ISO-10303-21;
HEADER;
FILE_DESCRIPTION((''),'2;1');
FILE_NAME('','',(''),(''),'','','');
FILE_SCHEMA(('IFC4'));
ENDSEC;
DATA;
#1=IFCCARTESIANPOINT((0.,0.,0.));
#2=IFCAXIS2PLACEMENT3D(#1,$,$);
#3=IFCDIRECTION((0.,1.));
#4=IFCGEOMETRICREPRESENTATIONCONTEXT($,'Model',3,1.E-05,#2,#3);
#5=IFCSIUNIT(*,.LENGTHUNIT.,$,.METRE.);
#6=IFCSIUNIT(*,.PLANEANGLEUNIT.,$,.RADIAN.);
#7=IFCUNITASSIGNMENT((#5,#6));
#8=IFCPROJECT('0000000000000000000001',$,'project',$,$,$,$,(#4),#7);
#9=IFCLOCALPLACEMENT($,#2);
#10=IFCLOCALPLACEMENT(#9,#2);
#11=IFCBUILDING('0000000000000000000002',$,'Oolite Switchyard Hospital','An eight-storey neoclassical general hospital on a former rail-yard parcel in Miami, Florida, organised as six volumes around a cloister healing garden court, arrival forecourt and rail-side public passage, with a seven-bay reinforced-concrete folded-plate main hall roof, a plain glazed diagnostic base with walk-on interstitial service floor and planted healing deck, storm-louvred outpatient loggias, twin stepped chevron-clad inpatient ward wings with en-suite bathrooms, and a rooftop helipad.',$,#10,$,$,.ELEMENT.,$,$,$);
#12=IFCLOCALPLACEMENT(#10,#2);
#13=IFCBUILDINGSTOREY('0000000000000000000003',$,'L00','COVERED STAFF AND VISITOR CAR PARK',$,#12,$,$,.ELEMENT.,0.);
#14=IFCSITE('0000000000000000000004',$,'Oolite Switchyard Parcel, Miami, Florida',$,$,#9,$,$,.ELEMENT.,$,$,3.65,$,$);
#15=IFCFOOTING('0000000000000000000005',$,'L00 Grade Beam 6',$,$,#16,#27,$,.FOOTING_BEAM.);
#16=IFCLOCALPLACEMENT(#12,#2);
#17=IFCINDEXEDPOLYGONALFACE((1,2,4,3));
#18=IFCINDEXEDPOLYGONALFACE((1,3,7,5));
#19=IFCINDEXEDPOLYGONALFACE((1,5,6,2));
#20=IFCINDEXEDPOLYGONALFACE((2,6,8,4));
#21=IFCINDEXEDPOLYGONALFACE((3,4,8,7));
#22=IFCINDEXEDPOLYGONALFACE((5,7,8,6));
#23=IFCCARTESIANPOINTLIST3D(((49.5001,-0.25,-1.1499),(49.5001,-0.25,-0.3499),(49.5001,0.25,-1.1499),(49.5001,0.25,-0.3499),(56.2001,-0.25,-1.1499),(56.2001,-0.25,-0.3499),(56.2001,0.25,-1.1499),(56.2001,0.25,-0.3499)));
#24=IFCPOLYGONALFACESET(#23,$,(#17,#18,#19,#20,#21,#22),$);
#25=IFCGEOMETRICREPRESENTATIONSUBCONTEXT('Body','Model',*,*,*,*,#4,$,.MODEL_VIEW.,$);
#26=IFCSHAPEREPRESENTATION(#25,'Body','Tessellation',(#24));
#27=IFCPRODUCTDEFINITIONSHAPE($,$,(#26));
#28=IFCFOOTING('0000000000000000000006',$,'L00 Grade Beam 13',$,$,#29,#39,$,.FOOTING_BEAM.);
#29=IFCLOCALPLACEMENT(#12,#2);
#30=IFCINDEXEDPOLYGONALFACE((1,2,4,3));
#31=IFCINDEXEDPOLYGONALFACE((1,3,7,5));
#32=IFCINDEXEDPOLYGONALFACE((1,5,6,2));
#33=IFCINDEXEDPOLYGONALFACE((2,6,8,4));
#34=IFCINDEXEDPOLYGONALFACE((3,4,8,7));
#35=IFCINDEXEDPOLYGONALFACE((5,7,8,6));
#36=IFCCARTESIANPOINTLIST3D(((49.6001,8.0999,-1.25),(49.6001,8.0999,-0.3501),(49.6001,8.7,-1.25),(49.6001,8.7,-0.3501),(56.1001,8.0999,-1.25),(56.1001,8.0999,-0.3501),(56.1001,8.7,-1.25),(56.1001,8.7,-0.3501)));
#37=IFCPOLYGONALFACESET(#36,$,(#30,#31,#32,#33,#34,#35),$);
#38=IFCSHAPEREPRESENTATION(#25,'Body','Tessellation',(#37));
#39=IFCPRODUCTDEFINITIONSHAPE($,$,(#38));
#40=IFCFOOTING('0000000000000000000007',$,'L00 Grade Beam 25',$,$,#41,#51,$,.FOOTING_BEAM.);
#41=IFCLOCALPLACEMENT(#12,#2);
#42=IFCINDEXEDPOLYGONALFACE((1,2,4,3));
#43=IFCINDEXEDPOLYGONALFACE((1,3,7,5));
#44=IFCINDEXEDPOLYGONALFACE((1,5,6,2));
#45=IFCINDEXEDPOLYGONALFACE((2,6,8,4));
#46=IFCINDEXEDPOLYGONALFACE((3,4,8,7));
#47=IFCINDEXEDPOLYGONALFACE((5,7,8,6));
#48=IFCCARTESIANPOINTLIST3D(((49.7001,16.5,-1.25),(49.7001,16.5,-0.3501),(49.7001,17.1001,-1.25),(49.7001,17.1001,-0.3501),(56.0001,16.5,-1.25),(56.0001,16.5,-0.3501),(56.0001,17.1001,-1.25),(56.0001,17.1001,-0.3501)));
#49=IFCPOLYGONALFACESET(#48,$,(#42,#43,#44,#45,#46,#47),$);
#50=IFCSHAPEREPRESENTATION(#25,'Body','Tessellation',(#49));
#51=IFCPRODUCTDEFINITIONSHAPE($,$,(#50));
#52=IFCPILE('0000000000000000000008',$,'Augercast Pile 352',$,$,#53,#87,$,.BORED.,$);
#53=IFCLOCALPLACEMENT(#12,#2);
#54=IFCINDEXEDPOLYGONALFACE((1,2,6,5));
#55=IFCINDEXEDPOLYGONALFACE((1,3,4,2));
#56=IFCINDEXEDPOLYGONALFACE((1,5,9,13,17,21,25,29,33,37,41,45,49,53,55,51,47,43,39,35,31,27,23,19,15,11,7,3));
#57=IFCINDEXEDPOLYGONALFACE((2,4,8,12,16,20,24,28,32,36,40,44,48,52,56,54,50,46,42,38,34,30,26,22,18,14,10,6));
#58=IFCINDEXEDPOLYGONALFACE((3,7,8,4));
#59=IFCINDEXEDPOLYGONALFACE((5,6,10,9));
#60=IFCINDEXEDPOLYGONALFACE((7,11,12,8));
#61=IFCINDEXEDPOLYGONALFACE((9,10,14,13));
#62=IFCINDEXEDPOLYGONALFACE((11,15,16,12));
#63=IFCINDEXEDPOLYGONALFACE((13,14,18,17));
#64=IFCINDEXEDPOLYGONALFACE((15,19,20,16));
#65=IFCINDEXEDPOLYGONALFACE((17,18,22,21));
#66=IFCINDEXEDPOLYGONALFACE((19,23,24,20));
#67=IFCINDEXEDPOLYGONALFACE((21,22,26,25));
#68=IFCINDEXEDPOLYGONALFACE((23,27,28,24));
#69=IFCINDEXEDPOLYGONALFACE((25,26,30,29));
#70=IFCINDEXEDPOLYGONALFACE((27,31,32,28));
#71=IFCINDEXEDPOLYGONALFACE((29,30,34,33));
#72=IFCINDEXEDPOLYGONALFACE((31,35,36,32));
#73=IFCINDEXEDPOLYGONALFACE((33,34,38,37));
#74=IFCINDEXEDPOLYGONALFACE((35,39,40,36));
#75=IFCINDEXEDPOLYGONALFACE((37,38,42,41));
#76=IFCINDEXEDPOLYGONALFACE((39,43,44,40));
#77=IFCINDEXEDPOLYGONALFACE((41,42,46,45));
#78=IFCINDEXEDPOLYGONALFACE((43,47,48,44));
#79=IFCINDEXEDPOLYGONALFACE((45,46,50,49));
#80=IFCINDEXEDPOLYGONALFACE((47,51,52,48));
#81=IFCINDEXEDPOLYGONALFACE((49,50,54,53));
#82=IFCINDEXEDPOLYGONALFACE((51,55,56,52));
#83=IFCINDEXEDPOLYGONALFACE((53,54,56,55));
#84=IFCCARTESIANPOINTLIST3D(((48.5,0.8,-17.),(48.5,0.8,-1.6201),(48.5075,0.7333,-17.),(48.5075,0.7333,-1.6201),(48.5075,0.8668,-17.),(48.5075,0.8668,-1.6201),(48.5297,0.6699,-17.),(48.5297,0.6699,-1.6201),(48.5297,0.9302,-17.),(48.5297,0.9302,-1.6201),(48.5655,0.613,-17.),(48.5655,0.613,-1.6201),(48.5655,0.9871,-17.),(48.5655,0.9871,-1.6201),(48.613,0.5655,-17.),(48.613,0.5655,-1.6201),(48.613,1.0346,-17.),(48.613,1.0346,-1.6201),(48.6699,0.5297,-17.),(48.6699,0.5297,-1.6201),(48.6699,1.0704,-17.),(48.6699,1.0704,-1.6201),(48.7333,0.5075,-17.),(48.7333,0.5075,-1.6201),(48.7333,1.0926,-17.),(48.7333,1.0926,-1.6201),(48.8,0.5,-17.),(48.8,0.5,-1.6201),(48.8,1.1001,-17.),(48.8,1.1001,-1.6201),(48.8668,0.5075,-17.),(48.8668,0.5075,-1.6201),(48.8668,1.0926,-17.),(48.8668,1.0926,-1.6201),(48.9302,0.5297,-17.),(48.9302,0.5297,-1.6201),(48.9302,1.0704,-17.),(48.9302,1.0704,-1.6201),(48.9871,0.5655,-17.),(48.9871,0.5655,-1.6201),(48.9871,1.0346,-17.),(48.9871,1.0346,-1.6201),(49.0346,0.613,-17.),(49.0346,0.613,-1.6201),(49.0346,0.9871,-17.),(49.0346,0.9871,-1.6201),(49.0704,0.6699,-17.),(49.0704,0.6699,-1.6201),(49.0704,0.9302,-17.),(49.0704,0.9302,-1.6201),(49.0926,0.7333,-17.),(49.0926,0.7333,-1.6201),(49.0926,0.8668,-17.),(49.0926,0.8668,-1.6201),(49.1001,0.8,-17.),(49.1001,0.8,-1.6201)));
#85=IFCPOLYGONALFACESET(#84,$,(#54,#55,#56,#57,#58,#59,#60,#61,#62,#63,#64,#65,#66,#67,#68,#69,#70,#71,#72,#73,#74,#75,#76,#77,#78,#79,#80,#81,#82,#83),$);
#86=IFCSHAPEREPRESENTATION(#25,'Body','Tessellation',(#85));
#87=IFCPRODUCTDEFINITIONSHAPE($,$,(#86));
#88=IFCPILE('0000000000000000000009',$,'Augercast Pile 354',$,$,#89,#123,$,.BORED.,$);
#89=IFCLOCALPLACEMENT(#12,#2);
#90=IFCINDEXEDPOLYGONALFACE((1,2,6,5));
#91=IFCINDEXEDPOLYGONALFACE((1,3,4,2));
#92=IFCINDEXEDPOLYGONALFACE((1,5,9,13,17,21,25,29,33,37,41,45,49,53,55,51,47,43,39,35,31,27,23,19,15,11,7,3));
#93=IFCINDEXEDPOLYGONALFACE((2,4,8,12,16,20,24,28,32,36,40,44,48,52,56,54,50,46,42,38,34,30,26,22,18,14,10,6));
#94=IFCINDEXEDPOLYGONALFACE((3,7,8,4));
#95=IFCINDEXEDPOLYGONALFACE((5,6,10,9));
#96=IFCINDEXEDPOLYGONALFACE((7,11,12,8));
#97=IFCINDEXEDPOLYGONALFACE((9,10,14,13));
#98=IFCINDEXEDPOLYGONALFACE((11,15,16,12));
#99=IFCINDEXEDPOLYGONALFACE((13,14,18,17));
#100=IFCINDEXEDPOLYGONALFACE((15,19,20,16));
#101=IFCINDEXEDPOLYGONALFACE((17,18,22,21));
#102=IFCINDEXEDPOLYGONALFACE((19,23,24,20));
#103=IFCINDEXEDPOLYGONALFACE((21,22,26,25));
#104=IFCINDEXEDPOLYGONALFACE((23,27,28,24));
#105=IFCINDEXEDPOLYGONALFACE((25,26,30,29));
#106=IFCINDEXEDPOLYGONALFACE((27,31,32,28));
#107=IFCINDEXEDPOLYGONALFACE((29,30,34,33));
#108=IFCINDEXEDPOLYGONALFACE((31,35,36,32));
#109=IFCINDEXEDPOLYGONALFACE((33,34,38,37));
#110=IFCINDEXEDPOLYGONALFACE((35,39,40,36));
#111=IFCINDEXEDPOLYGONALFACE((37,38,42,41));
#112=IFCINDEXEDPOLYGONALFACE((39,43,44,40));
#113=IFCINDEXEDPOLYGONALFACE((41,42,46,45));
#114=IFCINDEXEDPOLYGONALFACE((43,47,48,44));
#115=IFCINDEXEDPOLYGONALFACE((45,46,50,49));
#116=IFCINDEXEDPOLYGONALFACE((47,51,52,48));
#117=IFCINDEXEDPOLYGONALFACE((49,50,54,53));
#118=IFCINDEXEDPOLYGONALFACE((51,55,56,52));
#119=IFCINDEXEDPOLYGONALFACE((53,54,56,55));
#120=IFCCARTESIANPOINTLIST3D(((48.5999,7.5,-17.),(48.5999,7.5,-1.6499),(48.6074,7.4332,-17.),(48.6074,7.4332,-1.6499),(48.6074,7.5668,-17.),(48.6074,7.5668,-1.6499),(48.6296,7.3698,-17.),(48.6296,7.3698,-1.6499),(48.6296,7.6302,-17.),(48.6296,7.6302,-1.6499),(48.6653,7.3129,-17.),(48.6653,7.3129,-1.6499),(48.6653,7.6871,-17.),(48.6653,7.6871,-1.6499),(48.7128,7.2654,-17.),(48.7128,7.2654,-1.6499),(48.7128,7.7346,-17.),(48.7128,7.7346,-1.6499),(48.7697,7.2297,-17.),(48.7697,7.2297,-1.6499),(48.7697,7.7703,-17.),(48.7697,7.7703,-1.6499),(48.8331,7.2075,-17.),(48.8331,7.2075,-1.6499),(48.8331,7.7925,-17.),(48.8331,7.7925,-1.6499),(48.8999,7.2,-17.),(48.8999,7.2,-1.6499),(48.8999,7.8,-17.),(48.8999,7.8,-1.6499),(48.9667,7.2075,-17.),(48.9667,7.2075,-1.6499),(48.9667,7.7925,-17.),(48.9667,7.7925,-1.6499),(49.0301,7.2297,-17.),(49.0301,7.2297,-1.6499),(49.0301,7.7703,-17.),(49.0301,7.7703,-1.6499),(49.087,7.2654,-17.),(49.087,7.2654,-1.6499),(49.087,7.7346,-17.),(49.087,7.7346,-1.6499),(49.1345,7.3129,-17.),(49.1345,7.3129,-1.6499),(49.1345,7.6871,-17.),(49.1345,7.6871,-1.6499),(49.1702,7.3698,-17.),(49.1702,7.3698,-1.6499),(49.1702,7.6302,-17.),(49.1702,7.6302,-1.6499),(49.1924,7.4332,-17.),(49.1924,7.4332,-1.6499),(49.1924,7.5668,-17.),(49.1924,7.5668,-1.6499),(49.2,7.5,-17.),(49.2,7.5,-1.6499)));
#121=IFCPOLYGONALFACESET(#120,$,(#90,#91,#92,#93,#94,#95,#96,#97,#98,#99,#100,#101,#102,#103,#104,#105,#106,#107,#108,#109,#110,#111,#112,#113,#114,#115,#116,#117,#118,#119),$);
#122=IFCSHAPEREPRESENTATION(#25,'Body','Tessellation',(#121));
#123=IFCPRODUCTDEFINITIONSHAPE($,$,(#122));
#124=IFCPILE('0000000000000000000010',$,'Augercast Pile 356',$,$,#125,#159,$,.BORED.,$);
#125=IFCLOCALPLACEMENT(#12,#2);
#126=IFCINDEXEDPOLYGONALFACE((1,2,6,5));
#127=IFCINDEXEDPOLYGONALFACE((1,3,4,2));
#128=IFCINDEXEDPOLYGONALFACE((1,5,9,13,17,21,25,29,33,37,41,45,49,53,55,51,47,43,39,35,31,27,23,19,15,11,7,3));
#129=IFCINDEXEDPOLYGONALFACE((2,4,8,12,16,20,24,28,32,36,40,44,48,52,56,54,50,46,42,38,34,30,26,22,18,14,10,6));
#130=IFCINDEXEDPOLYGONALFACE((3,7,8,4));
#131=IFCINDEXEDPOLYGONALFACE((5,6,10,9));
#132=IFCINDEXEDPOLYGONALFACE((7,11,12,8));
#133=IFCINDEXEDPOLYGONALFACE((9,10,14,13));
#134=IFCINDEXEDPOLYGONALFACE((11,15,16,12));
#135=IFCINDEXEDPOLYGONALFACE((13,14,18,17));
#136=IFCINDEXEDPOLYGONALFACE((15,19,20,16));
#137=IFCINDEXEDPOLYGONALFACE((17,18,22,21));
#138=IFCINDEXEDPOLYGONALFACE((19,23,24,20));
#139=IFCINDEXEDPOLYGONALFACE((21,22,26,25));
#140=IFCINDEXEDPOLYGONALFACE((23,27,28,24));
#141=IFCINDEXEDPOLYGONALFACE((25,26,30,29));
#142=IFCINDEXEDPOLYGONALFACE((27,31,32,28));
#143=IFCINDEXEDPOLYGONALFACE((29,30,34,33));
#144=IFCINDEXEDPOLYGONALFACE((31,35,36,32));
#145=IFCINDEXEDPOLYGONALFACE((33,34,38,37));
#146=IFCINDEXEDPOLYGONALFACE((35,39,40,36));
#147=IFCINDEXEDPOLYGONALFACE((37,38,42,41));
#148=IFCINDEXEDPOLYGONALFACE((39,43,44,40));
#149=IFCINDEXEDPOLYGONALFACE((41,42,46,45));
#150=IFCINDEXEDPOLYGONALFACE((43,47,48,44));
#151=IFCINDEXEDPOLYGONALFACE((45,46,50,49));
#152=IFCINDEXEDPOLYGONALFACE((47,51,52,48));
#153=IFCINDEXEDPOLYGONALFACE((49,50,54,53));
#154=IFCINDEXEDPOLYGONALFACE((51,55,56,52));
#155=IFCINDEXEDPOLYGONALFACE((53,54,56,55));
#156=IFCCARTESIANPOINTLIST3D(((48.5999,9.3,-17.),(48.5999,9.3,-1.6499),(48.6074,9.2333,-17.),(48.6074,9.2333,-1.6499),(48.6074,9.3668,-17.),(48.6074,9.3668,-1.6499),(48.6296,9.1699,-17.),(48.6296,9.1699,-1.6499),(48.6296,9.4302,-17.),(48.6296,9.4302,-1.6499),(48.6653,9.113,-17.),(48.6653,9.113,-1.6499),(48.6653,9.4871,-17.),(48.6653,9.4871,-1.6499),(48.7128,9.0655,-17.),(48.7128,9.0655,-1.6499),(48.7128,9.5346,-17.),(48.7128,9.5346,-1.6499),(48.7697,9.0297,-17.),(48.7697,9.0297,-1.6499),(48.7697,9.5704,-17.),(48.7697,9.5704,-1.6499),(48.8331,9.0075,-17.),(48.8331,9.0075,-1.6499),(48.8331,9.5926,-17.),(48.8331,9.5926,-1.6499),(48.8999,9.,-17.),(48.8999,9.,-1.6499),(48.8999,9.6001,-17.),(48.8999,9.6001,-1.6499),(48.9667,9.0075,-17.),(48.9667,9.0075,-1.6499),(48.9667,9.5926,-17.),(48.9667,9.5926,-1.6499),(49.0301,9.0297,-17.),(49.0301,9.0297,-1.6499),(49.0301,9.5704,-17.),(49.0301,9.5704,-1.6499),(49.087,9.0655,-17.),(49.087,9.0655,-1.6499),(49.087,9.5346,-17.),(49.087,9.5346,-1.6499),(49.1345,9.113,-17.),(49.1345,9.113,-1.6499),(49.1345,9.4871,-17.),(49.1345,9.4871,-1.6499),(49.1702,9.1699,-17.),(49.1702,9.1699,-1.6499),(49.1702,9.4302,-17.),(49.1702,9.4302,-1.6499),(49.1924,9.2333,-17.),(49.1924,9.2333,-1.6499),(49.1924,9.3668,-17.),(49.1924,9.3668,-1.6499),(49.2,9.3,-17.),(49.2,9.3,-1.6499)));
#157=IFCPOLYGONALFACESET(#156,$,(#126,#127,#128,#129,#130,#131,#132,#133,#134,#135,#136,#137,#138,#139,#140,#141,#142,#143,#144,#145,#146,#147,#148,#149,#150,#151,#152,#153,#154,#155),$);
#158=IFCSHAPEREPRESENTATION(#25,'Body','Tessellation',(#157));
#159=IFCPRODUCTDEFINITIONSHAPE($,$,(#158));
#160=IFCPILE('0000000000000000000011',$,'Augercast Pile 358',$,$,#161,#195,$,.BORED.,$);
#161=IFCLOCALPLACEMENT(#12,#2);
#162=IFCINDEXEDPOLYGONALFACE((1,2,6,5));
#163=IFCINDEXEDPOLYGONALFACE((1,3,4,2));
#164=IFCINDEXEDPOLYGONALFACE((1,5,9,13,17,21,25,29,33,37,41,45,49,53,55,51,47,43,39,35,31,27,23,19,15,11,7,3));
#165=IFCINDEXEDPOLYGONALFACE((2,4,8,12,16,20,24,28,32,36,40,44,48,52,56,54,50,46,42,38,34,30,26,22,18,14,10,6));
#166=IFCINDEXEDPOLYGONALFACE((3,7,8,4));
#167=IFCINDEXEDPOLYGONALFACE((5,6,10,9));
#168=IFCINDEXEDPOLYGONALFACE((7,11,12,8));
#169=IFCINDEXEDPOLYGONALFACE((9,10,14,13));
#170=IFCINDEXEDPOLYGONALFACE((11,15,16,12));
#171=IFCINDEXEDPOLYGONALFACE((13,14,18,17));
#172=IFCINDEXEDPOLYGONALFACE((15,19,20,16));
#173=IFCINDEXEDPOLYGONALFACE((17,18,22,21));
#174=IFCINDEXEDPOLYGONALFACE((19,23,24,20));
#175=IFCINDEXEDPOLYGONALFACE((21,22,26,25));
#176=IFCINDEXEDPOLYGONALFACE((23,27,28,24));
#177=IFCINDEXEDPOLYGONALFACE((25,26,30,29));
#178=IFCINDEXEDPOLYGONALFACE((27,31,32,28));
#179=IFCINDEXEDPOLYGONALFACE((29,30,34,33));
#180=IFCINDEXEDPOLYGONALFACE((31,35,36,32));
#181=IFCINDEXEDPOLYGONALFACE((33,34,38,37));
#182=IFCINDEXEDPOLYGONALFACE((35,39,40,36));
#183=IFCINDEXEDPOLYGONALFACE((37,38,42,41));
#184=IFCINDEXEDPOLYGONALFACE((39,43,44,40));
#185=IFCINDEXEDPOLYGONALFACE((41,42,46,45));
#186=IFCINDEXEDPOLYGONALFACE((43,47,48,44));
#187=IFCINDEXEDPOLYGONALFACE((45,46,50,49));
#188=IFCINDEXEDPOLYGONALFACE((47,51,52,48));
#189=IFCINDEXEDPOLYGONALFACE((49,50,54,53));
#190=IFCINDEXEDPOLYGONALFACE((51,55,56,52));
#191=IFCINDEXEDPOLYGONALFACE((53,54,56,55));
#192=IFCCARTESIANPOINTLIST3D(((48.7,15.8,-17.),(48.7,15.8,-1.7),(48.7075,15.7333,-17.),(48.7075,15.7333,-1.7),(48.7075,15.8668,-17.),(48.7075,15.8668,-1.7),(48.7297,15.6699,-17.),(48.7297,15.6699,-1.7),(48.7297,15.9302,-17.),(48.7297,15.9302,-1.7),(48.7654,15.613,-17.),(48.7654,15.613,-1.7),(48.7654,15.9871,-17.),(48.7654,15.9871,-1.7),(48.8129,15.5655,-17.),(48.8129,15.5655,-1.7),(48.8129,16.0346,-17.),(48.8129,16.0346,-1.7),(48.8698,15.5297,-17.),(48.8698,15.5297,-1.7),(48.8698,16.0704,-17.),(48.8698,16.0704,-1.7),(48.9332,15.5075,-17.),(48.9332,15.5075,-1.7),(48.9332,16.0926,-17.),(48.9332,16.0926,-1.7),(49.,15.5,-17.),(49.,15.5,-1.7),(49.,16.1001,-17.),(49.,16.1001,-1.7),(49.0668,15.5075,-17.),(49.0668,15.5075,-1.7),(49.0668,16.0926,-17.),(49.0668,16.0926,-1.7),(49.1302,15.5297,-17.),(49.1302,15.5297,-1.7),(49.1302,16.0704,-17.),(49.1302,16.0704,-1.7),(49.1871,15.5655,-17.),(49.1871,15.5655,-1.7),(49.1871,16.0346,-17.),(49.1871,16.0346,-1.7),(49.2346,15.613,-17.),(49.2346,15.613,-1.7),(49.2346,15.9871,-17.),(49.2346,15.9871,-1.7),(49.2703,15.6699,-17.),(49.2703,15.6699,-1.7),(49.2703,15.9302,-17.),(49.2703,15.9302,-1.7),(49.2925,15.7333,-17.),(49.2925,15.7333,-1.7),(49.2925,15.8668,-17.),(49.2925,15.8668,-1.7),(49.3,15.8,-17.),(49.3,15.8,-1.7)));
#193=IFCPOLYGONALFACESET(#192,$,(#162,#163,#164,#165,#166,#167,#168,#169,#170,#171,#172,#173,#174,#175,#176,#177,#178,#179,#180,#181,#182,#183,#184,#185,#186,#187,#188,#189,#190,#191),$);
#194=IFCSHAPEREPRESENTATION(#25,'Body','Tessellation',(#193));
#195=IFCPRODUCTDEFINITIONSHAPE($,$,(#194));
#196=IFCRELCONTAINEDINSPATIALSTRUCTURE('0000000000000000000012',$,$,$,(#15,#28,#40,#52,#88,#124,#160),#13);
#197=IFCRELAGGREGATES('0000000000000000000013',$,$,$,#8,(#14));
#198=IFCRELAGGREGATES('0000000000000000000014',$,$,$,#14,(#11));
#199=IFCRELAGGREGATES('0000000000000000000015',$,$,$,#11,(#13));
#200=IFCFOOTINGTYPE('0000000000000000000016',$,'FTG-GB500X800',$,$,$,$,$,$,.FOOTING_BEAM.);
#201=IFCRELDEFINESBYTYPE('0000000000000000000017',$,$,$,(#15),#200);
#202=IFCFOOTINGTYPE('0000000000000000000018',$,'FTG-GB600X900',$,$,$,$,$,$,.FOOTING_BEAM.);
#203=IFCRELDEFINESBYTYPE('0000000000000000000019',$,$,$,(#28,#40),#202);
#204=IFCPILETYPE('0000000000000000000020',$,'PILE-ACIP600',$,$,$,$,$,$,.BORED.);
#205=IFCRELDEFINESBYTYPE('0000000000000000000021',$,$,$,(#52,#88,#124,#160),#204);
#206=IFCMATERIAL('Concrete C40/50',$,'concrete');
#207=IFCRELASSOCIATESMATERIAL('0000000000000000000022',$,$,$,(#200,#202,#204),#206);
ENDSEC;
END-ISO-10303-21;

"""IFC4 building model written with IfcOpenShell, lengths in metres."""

from ifc_helpers import new_model, si_unit, direction, frame, origin, origin_2d, place, context, subcontext, project, spatial, rectangle, circle, extrude, material, material_profile, profile_set, type_object, element, save


model = new_model("IFC4")

# Units and contexts
model_context = context("Model", 3, precision=1e-05, world=origin(), true_north=direction((0.0, 1.0)))
body_context = subcontext(model_context, "Body", "Model", "MODEL_VIEW")
ifc_project = project(units=[si_unit("LENGTHUNIT", "METRE"), si_unit("PLANEANGLEUNIT", "RADIAN")], contexts=[model_context])

# Site, building, storey
site_placement = place(None, origin())
site = spatial("IfcSite", under=ifc_project, at=site_placement, Name="Oolite Switchyard Parcel, Miami, Florida", CompositionType="ELEMENT", RefElevation=3.65)
building_placement = place(site_placement, origin())
building = spatial("IfcBuilding", under=site, at=building_placement, Name="Oolite Switchyard Hospital", Description="An eight-storey neoclassical general hospital on a former rail-yard parcel in Miami, Florida, organised as six volumes around a cloister healing garden court, arrival forecourt and rail-side public passage, with a seven-bay reinforced-concrete folded-plate main hall roof, a plain glazed diagnostic base with walk-on interstitial service floor and planted healing deck, storm-louvred outpatient loggias, twin stepped chevron-clad inpatient ward wings with en-suite bathrooms, and a rooftop helipad.", CompositionType="ELEMENT")
storey_placement = place(building_placement, origin())
storey = spatial("IfcBuildingStorey", under=building, at=storey_placement, Name="L00", Description="COVERED STAFF AND VISITOR CAR PARK", CompositionType="ELEMENT", Elevation=0.0)

# Footings
ifc_material_1 = material(Name="Concrete C40/50", Category="concrete")
footing_type_1 = type_object("IfcFootingType", Name="FTG-GB500X800", PredefinedType="FOOTING_BEAM", material=ifc_material_1)
footing_1_placement = place(storey_placement, frame((52.8501, 0.0, -1.1499), z_axis=(0.0, 0.0, 1.0), x_axis=(1.0, 0.0, 0.0)))
element("IfcFooting", 1, at=footing_1_placement, inside=storey, type_object=footing_type_1, Name="L00 Grade Beam 6", PredefinedType="FOOTING_BEAM", context=body_context, shape_type="SweptSolid", body=[
    extrude(rectangle(XDim=6.7, YDim=0.5, at=origin_2d()), origin(), (0.0, 0.0, 1.0), 0.8),
])
footing_type_2 = type_object("IfcFootingType", Name="FTG-GB600X900", PredefinedType="FOOTING_BEAM", material=ifc_material_1)
footing_2_placement = place(storey_placement, frame((52.8501, 8.3999, -1.25), z_axis=(0.0, 0.0, 1.0), x_axis=(1.0, 0.0, 0.0)))
element("IfcFooting", 2, at=footing_2_placement, inside=storey, type_object=footing_type_2, Name="L00 Grade Beam 13", PredefinedType="FOOTING_BEAM", context=body_context, shape_type="SweptSolid", body=[
    extrude(rectangle(XDim=6.5, YDim=0.6001, at=origin_2d()), origin(), (0.0, 0.0, 1.0), 0.8999),
])
footing_3_placement = place(storey_placement, frame((52.8501, 16.8, -1.25), z_axis=(0.0, 0.0, 1.0), x_axis=(1.0, 0.0, 0.0)))
element("IfcFooting", 3, at=footing_3_placement, inside=storey, type_object=footing_type_2, Name="L00 Grade Beam 25", PredefinedType="FOOTING_BEAM", context=body_context, shape_type="SweptSolid", body=[
    extrude(rectangle(XDim=6.3, YDim=0.6001, at=origin_2d()), origin(), (0.0, 0.0, 1.0), 0.8999),
])

# Piles
ifc_material_profile_1 = material_profile(ifc_material_1, circle(Radius=0.3, at=origin_2d()), Name="PILE600")
ifc_profile_set_1 = profile_set([ifc_material_profile_1], Name="Concrete C40/50")
pile_type = type_object("IfcPileType", Name="PILE-ACIP600", PredefinedType="BORED", material=ifc_profile_set_1)
pile_1_placement = place(storey_placement, frame((48.8, 0.8, -1.6201), z_axis=(0.0, 0.0, -1.0), x_axis=(1.0, 0.0, 0.0)))
element("IfcPile", 4, at=pile_1_placement, inside=storey, type_object=pile_type, Name="Augercast Pile 352", PredefinedType="BORED", context=body_context, shape_type="SweptSolid", body=[
    extrude(circle(Radius=0.3, at=origin_2d()), origin(), (0.0, 0.0, 1.0), 15.3799),
])
for number, where, z_axis, x_axis, name in (
    (5, (48.8999, 7.5, -1.6499), (0.0, 0.0, -1.0), (1.0, 0.0, 0.0), "Augercast Pile 354"),
    (6, (48.8999, 9.3, -1.6499), (0.0, 0.0, -1.0), (1.0, 0.0, 0.0), "Augercast Pile 356"),
):
    element("IfcPile", number, at=place(storey_placement, frame(where, z_axis=z_axis, x_axis=x_axis)), inside=storey, type_object=pile_type, Name=name, PredefinedType="BORED", context=body_context, shape_type="SweptSolid", body=[
        extrude(circle(Radius=0.3, at=origin_2d()), origin(), (0.0, 0.0, 1.0), 15.3501),
    ])
pile_2_placement = place(storey_placement, frame((49.0, 15.8, -1.7), z_axis=(0.0, 0.0, -1.0), x_axis=(1.0, 0.0, 0.0)))
element("IfcPile", 7, at=pile_2_placement, inside=storey, type_object=pile_type, Name="Augercast Pile 358", PredefinedType="BORED", context=body_context, shape_type="SweptSolid", body=[
    extrude(circle(Radius=0.3, at=origin_2d()), origin(), (0.0, 0.0, 1.0), 15.3),
])

save(model, "model.ifc")
